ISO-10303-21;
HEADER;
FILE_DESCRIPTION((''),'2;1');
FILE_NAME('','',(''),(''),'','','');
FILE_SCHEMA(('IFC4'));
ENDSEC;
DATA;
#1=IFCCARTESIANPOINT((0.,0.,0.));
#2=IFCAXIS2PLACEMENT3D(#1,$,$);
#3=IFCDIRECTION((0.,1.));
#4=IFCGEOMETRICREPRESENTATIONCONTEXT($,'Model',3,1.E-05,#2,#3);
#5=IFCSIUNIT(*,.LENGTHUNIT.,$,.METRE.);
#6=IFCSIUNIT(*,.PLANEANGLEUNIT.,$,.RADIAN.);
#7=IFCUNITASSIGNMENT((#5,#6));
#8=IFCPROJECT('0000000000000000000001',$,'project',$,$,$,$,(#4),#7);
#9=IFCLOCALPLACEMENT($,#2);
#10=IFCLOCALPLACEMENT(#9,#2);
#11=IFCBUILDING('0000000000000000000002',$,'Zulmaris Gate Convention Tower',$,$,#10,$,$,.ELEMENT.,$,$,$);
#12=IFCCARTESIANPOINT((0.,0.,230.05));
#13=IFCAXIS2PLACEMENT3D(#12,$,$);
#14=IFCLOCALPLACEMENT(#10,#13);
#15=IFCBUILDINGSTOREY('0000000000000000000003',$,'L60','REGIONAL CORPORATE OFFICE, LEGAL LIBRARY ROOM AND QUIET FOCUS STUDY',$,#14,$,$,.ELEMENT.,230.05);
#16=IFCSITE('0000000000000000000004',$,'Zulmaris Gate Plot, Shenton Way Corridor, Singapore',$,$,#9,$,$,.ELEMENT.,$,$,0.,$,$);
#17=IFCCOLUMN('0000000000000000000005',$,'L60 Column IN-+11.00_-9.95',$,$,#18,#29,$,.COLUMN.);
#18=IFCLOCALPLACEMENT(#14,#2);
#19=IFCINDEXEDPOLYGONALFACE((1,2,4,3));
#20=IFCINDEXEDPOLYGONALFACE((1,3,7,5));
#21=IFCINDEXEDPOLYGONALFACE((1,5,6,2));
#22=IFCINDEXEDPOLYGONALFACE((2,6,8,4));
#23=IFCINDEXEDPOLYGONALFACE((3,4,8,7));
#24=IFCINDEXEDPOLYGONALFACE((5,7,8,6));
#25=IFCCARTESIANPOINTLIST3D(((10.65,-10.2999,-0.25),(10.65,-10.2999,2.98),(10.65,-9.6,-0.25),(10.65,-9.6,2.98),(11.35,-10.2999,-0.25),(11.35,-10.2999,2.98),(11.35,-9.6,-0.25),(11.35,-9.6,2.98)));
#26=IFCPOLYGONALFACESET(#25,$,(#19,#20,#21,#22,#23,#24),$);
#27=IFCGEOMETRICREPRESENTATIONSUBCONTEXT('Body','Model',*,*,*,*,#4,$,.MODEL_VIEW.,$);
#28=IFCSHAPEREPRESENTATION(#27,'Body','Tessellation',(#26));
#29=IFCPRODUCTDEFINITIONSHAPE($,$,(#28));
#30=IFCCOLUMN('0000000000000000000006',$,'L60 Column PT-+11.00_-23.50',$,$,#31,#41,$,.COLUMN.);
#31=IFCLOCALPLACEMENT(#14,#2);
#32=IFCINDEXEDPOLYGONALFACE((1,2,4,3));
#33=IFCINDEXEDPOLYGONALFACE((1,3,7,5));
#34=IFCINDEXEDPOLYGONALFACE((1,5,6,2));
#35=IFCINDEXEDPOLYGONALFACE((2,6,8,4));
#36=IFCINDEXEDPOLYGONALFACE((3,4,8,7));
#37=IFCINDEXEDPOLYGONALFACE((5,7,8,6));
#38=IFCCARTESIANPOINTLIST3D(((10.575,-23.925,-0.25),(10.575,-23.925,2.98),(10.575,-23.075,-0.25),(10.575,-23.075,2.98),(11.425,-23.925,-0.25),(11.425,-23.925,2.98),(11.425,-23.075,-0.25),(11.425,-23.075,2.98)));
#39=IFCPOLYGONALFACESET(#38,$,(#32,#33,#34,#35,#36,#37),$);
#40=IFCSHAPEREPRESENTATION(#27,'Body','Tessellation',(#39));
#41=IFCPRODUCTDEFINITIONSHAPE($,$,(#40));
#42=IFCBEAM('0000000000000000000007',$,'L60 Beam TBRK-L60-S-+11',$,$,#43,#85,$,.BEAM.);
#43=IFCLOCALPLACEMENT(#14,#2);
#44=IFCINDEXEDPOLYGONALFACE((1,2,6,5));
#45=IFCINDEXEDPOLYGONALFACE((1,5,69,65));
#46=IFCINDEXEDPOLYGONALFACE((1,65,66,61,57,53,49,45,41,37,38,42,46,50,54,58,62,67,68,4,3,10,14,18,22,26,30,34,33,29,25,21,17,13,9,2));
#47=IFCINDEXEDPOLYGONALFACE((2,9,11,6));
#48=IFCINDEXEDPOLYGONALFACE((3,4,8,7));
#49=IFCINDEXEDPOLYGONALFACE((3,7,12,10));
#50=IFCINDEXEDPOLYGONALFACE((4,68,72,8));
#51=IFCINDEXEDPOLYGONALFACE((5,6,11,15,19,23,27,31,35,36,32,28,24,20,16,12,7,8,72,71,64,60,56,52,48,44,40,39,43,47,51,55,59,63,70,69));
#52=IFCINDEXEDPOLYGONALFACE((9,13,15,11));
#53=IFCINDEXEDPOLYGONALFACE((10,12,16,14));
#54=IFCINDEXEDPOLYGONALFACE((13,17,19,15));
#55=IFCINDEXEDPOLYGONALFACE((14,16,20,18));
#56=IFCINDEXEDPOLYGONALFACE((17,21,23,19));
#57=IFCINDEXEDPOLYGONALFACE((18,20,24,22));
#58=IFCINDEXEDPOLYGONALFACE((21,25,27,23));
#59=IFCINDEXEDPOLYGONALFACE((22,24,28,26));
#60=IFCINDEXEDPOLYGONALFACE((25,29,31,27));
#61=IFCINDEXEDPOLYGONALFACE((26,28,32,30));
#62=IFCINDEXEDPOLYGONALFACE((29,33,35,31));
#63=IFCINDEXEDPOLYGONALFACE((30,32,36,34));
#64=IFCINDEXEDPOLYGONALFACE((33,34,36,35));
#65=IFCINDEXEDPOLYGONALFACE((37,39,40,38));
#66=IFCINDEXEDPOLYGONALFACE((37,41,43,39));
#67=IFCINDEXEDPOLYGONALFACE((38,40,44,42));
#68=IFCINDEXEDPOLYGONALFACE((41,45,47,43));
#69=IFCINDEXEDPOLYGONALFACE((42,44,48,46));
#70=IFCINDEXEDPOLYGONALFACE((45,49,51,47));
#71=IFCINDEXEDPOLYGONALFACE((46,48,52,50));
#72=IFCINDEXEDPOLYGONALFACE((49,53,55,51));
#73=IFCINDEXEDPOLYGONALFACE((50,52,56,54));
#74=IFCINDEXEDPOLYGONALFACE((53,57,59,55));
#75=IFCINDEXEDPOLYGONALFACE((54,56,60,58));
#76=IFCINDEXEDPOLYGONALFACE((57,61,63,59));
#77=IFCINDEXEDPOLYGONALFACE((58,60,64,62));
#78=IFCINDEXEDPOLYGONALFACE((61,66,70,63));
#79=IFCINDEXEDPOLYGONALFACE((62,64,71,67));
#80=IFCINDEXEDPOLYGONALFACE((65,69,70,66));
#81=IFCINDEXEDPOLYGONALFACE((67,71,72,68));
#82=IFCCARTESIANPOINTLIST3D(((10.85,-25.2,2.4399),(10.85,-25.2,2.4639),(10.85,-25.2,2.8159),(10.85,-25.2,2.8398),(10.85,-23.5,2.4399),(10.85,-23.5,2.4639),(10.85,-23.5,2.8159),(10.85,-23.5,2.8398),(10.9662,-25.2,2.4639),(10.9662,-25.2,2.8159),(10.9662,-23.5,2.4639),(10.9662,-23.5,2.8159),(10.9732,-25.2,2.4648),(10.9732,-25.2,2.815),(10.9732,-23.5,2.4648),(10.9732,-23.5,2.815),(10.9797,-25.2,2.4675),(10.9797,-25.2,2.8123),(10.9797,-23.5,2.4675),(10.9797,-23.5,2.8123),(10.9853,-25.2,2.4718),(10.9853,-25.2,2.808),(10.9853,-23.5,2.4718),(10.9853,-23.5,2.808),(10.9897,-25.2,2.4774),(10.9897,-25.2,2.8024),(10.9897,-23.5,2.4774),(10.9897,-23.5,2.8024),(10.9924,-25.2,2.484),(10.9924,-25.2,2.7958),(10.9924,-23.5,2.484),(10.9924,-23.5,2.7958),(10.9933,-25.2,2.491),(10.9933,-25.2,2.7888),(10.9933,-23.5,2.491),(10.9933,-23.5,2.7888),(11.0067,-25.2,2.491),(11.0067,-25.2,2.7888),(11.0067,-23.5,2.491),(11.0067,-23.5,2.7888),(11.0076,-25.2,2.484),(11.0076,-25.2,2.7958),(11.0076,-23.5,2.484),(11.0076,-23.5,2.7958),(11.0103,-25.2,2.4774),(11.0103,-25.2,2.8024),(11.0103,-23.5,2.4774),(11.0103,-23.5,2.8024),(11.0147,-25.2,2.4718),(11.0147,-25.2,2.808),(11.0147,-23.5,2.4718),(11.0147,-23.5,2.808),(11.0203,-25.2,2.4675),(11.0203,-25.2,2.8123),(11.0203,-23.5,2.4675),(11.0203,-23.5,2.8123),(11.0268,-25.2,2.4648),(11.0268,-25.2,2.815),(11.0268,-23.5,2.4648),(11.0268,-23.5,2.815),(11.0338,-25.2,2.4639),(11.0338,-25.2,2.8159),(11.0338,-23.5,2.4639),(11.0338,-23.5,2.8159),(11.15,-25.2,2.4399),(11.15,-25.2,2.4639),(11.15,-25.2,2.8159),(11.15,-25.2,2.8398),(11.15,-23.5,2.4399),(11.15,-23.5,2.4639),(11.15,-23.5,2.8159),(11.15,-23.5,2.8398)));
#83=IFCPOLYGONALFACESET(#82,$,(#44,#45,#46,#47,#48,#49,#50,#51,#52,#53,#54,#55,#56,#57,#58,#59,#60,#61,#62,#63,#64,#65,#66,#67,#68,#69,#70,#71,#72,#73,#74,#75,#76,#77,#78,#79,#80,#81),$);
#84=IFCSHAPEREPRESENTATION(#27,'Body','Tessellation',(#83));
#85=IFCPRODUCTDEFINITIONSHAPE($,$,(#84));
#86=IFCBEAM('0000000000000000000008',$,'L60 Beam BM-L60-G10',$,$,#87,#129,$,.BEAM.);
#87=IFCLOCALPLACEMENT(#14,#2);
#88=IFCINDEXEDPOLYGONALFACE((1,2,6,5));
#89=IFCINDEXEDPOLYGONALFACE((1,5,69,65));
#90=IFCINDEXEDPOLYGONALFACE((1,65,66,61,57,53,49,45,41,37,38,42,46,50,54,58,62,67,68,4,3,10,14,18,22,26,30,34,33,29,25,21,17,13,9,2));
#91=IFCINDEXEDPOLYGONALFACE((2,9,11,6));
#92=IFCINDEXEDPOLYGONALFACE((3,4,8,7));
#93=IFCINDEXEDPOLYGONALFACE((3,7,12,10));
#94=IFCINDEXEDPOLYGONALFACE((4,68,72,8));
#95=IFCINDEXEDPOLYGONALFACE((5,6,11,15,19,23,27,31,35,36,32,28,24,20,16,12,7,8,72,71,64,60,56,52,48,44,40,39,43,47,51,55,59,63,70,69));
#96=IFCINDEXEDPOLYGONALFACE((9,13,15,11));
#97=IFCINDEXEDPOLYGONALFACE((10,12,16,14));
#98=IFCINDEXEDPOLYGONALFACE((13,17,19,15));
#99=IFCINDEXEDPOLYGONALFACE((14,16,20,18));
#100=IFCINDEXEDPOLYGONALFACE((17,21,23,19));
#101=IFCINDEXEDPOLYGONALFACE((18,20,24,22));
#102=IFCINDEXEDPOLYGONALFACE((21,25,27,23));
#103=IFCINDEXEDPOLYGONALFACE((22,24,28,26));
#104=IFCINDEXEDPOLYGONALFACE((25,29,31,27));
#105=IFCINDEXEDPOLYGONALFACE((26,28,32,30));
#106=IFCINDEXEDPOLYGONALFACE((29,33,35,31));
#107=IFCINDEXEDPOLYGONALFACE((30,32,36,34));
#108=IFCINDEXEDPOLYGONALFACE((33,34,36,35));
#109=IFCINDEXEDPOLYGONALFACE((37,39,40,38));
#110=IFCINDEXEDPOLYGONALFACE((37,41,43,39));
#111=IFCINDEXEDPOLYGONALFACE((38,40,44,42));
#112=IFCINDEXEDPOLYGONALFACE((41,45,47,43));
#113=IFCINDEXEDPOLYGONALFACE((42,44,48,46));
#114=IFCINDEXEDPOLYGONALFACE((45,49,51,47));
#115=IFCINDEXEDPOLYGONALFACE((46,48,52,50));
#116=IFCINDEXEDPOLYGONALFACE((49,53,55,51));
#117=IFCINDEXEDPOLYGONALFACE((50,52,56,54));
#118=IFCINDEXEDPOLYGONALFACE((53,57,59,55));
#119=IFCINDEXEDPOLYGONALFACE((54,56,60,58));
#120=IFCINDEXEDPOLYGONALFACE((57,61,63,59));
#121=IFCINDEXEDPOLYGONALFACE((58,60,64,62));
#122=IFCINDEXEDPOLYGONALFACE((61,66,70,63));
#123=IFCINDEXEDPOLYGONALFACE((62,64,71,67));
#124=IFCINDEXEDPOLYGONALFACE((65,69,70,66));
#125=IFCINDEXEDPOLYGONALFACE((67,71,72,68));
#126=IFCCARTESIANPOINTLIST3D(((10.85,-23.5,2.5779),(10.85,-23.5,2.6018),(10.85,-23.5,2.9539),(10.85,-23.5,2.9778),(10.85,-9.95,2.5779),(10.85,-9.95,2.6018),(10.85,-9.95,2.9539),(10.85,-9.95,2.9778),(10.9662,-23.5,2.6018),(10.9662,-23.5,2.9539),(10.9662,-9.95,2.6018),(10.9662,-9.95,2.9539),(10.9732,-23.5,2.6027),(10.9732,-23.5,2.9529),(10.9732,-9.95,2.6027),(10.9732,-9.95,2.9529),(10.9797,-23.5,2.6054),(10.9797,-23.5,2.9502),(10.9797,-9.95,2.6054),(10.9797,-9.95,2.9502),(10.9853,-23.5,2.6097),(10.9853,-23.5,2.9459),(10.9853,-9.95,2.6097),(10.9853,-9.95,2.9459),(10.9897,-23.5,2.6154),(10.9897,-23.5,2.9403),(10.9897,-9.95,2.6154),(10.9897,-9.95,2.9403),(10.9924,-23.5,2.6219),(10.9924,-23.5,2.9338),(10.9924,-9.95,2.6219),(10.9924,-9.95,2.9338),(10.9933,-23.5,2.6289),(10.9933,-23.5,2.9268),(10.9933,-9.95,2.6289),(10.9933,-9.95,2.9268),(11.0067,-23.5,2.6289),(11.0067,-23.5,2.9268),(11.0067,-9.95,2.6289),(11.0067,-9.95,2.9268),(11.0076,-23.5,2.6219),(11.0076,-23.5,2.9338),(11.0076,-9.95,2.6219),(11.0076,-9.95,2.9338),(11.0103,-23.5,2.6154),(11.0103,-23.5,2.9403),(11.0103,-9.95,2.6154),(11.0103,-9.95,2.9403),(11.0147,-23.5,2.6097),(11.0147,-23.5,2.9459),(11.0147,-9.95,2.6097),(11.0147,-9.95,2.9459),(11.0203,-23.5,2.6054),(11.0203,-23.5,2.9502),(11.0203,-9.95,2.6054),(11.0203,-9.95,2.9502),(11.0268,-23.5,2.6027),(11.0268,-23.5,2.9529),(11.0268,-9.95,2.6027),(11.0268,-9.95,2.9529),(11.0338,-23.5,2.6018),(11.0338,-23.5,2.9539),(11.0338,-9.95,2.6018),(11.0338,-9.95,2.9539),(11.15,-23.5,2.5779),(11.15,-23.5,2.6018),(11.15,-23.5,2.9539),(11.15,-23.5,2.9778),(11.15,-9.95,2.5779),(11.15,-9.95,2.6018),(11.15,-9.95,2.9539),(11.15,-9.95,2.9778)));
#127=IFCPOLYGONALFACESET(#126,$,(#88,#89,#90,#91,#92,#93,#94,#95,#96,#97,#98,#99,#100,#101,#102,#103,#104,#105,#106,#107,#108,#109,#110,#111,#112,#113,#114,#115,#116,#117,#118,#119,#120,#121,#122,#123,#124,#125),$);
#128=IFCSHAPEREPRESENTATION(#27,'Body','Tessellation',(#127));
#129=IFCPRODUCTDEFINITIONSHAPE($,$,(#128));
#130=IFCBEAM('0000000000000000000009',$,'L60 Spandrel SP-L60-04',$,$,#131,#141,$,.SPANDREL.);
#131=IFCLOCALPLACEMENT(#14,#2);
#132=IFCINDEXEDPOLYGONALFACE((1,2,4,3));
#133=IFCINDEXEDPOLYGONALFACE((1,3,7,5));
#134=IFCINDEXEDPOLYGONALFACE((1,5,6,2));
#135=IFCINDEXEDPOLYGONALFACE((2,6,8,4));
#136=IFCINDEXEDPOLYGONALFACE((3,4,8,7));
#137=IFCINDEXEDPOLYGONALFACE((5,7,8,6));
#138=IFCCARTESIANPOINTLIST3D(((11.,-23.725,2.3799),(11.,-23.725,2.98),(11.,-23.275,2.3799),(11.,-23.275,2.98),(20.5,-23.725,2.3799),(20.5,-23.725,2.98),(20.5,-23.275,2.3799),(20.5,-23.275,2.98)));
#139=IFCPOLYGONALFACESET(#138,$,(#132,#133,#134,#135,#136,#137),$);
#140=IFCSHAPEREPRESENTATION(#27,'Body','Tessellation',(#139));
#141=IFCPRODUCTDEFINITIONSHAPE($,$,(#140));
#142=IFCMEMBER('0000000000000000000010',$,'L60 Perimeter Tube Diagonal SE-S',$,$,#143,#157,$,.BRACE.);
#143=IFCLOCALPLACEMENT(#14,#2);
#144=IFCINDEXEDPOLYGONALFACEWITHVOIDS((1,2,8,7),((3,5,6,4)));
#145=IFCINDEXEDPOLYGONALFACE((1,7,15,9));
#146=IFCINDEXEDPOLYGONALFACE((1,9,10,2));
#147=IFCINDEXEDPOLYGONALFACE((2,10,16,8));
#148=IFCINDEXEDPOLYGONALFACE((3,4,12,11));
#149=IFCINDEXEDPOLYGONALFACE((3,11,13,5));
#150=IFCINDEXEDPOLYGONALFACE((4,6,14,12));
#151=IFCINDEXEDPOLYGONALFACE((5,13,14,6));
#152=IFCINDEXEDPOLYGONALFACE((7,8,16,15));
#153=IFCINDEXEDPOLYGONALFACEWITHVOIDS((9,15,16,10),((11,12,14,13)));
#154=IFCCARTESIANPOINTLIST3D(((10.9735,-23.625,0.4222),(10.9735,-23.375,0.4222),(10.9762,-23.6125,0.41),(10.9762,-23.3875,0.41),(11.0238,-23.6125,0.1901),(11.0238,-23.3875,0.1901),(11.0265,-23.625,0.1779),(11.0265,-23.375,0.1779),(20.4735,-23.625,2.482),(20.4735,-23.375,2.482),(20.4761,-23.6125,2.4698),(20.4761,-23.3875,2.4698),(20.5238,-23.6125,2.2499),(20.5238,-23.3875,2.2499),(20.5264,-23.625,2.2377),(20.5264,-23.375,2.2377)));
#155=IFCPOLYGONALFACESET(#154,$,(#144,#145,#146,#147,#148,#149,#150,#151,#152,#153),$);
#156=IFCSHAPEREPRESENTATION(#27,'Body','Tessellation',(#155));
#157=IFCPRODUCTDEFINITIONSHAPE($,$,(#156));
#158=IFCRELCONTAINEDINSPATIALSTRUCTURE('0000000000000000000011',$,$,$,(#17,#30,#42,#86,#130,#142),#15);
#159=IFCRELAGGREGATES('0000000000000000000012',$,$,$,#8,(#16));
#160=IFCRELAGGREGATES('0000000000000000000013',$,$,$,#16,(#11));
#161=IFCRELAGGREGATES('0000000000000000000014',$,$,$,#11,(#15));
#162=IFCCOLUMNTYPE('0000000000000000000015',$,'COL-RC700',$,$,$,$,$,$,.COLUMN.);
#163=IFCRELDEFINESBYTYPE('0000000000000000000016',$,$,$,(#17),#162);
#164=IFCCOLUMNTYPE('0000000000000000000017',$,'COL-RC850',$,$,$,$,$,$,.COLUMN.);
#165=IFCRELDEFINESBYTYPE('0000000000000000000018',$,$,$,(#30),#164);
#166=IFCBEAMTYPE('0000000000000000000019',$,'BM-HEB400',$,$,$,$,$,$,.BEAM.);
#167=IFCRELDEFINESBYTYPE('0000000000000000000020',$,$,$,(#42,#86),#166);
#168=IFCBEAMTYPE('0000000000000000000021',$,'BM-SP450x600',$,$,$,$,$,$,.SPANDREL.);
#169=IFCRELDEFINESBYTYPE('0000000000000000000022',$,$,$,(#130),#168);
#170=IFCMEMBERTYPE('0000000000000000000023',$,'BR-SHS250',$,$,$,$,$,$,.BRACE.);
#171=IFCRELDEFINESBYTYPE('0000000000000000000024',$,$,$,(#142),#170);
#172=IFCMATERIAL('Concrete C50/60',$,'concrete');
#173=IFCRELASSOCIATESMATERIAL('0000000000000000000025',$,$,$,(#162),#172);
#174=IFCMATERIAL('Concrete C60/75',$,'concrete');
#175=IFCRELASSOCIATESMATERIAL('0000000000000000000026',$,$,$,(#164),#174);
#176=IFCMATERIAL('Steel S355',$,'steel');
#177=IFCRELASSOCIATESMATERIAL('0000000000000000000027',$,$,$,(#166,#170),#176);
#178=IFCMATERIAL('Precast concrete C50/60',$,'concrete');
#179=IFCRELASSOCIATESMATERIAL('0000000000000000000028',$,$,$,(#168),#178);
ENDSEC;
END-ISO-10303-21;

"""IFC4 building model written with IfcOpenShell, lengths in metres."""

from ifc_helpers import new_model, si_unit, direction, frame, origin, origin_2d, place, context, subcontext, project, spatial, rectangle, hollow_rectangle, i_section, extrude, material, material_profile, profile_set, type_object, element, save


model = new_model("IFC4")

# Units and contexts
model_context = context("Model", 3, precision=1e-05, world=origin(), true_north=direction((0.0, 1.0)))
body_context = subcontext(model_context, "Body", "Model", "MODEL_VIEW")
ifc_project = project(units=[si_unit("LENGTHUNIT", "METRE"), si_unit("PLANEANGLEUNIT", "RADIAN")], contexts=[model_context])

# Site, building, storey
site_placement = place(None, origin())
site = spatial("IfcSite", under=ifc_project, at=site_placement, Name="Zulmaris Gate Plot, Shenton Way Corridor, Singapore", CompositionType="ELEMENT", RefElevation=0.0)
building_placement = place(site_placement, origin())
building = spatial("IfcBuilding", under=site, at=building_placement, Name="Zulmaris Gate Convention Tower", CompositionType="ELEMENT")
storey_placement = place(building_placement, frame((0.0, 0.0, 230.05)))
storey = spatial("IfcBuildingStorey", under=building, at=storey_placement, Name="L60", Description="REGIONAL CORPORATE OFFICE, LEGAL LIBRARY ROOM AND QUIET FOCUS STUDY", CompositionType="ELEMENT", Elevation=230.05)

# Columns
ifc_material_1 = material(Name="Concrete C50/60", Category="concrete")
ifc_material_profile_1 = material_profile(ifc_material_1, rectangle(XDim=0.7, YDim=0.7, at=origin_2d()), Name="RC COL 700x700")
ifc_profile_set_1 = profile_set([ifc_material_profile_1], Name="Concrete C50/60")
column_type_1 = type_object("IfcColumnType", Name="COL-RC700", PredefinedType="COLUMN", material=ifc_profile_set_1)
column_1_placement = place(storey_placement, frame((11.0, -9.95, -0.25), z_axis=(0.0, 0.0, 1.0), x_axis=(1.0, 0.0, 0.0)))
element("IfcColumn", 1, at=column_1_placement, inside=storey, type_object=column_type_1, Name="L60 Column IN-+11.00_-9.95", PredefinedType="COLUMN", context=body_context, shape_type="SweptSolid", body=[
    extrude(rectangle(XDim=0.7, YDim=0.7, at=origin_2d()), origin(), (0.0, 0.0, 1.0), 3.23),
])
ifc_material_2 = material(Name="Concrete C60/75", Category="concrete")
ifc_material_profile_2 = material_profile(ifc_material_2, rectangle(XDim=0.8501, YDim=0.8501, at=origin_2d()), Name="RC COL 850x850")
ifc_profile_set_2 = profile_set([ifc_material_profile_2], Name="Concrete C60/75")
column_type_2 = type_object("IfcColumnType", Name="COL-RC850", PredefinedType="COLUMN", material=ifc_profile_set_2)
column_2_placement = place(storey_placement, frame((11.0, -23.5, -0.25), z_axis=(0.0, 0.0, 1.0), x_axis=(1.0, 0.0, 0.0)))
element("IfcColumn", 2, at=column_2_placement, inside=storey, type_object=column_type_2, Name="L60 Column PT-+11.00_-23.50", PredefinedType="COLUMN", context=body_context, shape_type="SweptSolid", body=[
    extrude(rectangle(XDim=0.8501, YDim=0.8501, at=origin_2d()), origin(), (0.0, 0.0, 1.0), 3.23),
])

# Beams
ifc_material_3 = material(Name="Steel S355", Category="steel")
ifc_material_profile_3 = material_profile(ifc_material_3, i_section(OverallWidth=0.3, OverallDepth=0.3999, WebThickness=0.0134, FlangeThickness=0.0239, FilletRadius=0.0271, at=origin_2d()), Name="HEB 400")
ifc_profile_set_3 = profile_set([ifc_material_profile_3], Name="Steel S355")
beam_type_1 = type_object("IfcBeamType", Name="BM-HEB400", PredefinedType="BEAM", material=ifc_profile_set_3)
beam_1_placement = place(storey_placement, frame((11.0, -25.2, 2.6399), z_axis=(0.0, 1.0, 0.0), x_axis=(-1.0, 0.0, 0.0)))
element("IfcBeam", 3, at=beam_1_placement, inside=storey, type_object=beam_type_1, Name="L60 Beam TBRK-L60-S-+11", PredefinedType="BEAM", context=body_context, shape_type="SweptSolid", body=[
    extrude(i_section(OverallWidth=0.3, OverallDepth=0.3999, WebThickness=0.0134, FlangeThickness=0.0239, FilletRadius=0.0271, at=origin_2d()), origin(), (0.0, 0.0, 1.0), 1.7),
])
beam_2_placement = place(storey_placement, frame((11.0, -23.5, 2.7778), z_axis=(0.0, 1.0, 0.0), x_axis=(-1.0, 0.0, 0.0)))
element("IfcBeam", 4, at=beam_2_placement, inside=storey, type_object=beam_type_1, Name="L60 Beam BM-L60-G10", PredefinedType="BEAM", context=body_context, shape_type="SweptSolid", body=[
    extrude(i_section(OverallWidth=0.3, OverallDepth=0.3999, WebThickness=0.0134, FlangeThickness=0.0239, FilletRadius=0.0271, at=origin_2d()), origin(), (0.0, 0.0, 1.0), 13.55),
])
ifc_material_4 = material(Name="Precast concrete C50/60", Category="concrete")
ifc_material_profile_4 = material_profile(ifc_material_4, rectangle(XDim=0.45, YDim=0.6001, at=origin_2d()), Name="RC SPANDREL 450x600")
ifc_profile_set_4 = profile_set([ifc_material_profile_4], Name="Precast concrete C50/60")
beam_type_2 = type_object("IfcBeamType", Name="BM-SP450x600", PredefinedType="SPANDREL", material=ifc_profile_set_4)
beam_3_placement = place(storey_placement, frame((11.0, -23.5, 2.6799), z_axis=(1.0, 0.0, 0.0), x_axis=(0.0, 1.0, 0.0)))
element("IfcBeam", 5, at=beam_3_placement, inside=storey, type_object=beam_type_2, Name="L60 Spandrel SP-L60-04", PredefinedType="SPANDREL", context=body_context, shape_type="SweptSolid", body=[
    extrude(rectangle(XDim=0.45, YDim=0.6001, at=origin_2d()), origin(), (0.0, 0.0, 1.0), 9.5),
])

# Member
ifc_material_profile_5 = material_profile(ifc_material_3, hollow_rectangle(XDim=0.25, YDim=0.25, WallThickness=0.0125, at=origin_2d()), Name="SHS 250x250x12.5")
ifc_profile_set_5 = profile_set([ifc_material_profile_5], Name="Steel S355")
member_type = type_object("IfcMemberType", Name="BR-SHS250", PredefinedType="BRACE", material=ifc_profile_set_5)
member_placement = place(storey_placement, frame((11.0, -23.5, 0.3), z_axis=(0.977292, 0.0, 0.211899), x_axis=(0.0, 1.0, 0.0)))
element("IfcMember", 6, at=member_placement, inside=storey, type_object=member_type, Name="L60 Perimeter Tube Diagonal SE-S", PredefinedType="BRACE", context=body_context, shape_type="SweptSolid", body=[
    extrude(hollow_rectangle(XDim=0.25, YDim=0.25, WallThickness=0.0125, at=origin_2d()), origin(), (0.0, 0.0, 1.0), 9.7207),
])

save(model, "model.ifc")
